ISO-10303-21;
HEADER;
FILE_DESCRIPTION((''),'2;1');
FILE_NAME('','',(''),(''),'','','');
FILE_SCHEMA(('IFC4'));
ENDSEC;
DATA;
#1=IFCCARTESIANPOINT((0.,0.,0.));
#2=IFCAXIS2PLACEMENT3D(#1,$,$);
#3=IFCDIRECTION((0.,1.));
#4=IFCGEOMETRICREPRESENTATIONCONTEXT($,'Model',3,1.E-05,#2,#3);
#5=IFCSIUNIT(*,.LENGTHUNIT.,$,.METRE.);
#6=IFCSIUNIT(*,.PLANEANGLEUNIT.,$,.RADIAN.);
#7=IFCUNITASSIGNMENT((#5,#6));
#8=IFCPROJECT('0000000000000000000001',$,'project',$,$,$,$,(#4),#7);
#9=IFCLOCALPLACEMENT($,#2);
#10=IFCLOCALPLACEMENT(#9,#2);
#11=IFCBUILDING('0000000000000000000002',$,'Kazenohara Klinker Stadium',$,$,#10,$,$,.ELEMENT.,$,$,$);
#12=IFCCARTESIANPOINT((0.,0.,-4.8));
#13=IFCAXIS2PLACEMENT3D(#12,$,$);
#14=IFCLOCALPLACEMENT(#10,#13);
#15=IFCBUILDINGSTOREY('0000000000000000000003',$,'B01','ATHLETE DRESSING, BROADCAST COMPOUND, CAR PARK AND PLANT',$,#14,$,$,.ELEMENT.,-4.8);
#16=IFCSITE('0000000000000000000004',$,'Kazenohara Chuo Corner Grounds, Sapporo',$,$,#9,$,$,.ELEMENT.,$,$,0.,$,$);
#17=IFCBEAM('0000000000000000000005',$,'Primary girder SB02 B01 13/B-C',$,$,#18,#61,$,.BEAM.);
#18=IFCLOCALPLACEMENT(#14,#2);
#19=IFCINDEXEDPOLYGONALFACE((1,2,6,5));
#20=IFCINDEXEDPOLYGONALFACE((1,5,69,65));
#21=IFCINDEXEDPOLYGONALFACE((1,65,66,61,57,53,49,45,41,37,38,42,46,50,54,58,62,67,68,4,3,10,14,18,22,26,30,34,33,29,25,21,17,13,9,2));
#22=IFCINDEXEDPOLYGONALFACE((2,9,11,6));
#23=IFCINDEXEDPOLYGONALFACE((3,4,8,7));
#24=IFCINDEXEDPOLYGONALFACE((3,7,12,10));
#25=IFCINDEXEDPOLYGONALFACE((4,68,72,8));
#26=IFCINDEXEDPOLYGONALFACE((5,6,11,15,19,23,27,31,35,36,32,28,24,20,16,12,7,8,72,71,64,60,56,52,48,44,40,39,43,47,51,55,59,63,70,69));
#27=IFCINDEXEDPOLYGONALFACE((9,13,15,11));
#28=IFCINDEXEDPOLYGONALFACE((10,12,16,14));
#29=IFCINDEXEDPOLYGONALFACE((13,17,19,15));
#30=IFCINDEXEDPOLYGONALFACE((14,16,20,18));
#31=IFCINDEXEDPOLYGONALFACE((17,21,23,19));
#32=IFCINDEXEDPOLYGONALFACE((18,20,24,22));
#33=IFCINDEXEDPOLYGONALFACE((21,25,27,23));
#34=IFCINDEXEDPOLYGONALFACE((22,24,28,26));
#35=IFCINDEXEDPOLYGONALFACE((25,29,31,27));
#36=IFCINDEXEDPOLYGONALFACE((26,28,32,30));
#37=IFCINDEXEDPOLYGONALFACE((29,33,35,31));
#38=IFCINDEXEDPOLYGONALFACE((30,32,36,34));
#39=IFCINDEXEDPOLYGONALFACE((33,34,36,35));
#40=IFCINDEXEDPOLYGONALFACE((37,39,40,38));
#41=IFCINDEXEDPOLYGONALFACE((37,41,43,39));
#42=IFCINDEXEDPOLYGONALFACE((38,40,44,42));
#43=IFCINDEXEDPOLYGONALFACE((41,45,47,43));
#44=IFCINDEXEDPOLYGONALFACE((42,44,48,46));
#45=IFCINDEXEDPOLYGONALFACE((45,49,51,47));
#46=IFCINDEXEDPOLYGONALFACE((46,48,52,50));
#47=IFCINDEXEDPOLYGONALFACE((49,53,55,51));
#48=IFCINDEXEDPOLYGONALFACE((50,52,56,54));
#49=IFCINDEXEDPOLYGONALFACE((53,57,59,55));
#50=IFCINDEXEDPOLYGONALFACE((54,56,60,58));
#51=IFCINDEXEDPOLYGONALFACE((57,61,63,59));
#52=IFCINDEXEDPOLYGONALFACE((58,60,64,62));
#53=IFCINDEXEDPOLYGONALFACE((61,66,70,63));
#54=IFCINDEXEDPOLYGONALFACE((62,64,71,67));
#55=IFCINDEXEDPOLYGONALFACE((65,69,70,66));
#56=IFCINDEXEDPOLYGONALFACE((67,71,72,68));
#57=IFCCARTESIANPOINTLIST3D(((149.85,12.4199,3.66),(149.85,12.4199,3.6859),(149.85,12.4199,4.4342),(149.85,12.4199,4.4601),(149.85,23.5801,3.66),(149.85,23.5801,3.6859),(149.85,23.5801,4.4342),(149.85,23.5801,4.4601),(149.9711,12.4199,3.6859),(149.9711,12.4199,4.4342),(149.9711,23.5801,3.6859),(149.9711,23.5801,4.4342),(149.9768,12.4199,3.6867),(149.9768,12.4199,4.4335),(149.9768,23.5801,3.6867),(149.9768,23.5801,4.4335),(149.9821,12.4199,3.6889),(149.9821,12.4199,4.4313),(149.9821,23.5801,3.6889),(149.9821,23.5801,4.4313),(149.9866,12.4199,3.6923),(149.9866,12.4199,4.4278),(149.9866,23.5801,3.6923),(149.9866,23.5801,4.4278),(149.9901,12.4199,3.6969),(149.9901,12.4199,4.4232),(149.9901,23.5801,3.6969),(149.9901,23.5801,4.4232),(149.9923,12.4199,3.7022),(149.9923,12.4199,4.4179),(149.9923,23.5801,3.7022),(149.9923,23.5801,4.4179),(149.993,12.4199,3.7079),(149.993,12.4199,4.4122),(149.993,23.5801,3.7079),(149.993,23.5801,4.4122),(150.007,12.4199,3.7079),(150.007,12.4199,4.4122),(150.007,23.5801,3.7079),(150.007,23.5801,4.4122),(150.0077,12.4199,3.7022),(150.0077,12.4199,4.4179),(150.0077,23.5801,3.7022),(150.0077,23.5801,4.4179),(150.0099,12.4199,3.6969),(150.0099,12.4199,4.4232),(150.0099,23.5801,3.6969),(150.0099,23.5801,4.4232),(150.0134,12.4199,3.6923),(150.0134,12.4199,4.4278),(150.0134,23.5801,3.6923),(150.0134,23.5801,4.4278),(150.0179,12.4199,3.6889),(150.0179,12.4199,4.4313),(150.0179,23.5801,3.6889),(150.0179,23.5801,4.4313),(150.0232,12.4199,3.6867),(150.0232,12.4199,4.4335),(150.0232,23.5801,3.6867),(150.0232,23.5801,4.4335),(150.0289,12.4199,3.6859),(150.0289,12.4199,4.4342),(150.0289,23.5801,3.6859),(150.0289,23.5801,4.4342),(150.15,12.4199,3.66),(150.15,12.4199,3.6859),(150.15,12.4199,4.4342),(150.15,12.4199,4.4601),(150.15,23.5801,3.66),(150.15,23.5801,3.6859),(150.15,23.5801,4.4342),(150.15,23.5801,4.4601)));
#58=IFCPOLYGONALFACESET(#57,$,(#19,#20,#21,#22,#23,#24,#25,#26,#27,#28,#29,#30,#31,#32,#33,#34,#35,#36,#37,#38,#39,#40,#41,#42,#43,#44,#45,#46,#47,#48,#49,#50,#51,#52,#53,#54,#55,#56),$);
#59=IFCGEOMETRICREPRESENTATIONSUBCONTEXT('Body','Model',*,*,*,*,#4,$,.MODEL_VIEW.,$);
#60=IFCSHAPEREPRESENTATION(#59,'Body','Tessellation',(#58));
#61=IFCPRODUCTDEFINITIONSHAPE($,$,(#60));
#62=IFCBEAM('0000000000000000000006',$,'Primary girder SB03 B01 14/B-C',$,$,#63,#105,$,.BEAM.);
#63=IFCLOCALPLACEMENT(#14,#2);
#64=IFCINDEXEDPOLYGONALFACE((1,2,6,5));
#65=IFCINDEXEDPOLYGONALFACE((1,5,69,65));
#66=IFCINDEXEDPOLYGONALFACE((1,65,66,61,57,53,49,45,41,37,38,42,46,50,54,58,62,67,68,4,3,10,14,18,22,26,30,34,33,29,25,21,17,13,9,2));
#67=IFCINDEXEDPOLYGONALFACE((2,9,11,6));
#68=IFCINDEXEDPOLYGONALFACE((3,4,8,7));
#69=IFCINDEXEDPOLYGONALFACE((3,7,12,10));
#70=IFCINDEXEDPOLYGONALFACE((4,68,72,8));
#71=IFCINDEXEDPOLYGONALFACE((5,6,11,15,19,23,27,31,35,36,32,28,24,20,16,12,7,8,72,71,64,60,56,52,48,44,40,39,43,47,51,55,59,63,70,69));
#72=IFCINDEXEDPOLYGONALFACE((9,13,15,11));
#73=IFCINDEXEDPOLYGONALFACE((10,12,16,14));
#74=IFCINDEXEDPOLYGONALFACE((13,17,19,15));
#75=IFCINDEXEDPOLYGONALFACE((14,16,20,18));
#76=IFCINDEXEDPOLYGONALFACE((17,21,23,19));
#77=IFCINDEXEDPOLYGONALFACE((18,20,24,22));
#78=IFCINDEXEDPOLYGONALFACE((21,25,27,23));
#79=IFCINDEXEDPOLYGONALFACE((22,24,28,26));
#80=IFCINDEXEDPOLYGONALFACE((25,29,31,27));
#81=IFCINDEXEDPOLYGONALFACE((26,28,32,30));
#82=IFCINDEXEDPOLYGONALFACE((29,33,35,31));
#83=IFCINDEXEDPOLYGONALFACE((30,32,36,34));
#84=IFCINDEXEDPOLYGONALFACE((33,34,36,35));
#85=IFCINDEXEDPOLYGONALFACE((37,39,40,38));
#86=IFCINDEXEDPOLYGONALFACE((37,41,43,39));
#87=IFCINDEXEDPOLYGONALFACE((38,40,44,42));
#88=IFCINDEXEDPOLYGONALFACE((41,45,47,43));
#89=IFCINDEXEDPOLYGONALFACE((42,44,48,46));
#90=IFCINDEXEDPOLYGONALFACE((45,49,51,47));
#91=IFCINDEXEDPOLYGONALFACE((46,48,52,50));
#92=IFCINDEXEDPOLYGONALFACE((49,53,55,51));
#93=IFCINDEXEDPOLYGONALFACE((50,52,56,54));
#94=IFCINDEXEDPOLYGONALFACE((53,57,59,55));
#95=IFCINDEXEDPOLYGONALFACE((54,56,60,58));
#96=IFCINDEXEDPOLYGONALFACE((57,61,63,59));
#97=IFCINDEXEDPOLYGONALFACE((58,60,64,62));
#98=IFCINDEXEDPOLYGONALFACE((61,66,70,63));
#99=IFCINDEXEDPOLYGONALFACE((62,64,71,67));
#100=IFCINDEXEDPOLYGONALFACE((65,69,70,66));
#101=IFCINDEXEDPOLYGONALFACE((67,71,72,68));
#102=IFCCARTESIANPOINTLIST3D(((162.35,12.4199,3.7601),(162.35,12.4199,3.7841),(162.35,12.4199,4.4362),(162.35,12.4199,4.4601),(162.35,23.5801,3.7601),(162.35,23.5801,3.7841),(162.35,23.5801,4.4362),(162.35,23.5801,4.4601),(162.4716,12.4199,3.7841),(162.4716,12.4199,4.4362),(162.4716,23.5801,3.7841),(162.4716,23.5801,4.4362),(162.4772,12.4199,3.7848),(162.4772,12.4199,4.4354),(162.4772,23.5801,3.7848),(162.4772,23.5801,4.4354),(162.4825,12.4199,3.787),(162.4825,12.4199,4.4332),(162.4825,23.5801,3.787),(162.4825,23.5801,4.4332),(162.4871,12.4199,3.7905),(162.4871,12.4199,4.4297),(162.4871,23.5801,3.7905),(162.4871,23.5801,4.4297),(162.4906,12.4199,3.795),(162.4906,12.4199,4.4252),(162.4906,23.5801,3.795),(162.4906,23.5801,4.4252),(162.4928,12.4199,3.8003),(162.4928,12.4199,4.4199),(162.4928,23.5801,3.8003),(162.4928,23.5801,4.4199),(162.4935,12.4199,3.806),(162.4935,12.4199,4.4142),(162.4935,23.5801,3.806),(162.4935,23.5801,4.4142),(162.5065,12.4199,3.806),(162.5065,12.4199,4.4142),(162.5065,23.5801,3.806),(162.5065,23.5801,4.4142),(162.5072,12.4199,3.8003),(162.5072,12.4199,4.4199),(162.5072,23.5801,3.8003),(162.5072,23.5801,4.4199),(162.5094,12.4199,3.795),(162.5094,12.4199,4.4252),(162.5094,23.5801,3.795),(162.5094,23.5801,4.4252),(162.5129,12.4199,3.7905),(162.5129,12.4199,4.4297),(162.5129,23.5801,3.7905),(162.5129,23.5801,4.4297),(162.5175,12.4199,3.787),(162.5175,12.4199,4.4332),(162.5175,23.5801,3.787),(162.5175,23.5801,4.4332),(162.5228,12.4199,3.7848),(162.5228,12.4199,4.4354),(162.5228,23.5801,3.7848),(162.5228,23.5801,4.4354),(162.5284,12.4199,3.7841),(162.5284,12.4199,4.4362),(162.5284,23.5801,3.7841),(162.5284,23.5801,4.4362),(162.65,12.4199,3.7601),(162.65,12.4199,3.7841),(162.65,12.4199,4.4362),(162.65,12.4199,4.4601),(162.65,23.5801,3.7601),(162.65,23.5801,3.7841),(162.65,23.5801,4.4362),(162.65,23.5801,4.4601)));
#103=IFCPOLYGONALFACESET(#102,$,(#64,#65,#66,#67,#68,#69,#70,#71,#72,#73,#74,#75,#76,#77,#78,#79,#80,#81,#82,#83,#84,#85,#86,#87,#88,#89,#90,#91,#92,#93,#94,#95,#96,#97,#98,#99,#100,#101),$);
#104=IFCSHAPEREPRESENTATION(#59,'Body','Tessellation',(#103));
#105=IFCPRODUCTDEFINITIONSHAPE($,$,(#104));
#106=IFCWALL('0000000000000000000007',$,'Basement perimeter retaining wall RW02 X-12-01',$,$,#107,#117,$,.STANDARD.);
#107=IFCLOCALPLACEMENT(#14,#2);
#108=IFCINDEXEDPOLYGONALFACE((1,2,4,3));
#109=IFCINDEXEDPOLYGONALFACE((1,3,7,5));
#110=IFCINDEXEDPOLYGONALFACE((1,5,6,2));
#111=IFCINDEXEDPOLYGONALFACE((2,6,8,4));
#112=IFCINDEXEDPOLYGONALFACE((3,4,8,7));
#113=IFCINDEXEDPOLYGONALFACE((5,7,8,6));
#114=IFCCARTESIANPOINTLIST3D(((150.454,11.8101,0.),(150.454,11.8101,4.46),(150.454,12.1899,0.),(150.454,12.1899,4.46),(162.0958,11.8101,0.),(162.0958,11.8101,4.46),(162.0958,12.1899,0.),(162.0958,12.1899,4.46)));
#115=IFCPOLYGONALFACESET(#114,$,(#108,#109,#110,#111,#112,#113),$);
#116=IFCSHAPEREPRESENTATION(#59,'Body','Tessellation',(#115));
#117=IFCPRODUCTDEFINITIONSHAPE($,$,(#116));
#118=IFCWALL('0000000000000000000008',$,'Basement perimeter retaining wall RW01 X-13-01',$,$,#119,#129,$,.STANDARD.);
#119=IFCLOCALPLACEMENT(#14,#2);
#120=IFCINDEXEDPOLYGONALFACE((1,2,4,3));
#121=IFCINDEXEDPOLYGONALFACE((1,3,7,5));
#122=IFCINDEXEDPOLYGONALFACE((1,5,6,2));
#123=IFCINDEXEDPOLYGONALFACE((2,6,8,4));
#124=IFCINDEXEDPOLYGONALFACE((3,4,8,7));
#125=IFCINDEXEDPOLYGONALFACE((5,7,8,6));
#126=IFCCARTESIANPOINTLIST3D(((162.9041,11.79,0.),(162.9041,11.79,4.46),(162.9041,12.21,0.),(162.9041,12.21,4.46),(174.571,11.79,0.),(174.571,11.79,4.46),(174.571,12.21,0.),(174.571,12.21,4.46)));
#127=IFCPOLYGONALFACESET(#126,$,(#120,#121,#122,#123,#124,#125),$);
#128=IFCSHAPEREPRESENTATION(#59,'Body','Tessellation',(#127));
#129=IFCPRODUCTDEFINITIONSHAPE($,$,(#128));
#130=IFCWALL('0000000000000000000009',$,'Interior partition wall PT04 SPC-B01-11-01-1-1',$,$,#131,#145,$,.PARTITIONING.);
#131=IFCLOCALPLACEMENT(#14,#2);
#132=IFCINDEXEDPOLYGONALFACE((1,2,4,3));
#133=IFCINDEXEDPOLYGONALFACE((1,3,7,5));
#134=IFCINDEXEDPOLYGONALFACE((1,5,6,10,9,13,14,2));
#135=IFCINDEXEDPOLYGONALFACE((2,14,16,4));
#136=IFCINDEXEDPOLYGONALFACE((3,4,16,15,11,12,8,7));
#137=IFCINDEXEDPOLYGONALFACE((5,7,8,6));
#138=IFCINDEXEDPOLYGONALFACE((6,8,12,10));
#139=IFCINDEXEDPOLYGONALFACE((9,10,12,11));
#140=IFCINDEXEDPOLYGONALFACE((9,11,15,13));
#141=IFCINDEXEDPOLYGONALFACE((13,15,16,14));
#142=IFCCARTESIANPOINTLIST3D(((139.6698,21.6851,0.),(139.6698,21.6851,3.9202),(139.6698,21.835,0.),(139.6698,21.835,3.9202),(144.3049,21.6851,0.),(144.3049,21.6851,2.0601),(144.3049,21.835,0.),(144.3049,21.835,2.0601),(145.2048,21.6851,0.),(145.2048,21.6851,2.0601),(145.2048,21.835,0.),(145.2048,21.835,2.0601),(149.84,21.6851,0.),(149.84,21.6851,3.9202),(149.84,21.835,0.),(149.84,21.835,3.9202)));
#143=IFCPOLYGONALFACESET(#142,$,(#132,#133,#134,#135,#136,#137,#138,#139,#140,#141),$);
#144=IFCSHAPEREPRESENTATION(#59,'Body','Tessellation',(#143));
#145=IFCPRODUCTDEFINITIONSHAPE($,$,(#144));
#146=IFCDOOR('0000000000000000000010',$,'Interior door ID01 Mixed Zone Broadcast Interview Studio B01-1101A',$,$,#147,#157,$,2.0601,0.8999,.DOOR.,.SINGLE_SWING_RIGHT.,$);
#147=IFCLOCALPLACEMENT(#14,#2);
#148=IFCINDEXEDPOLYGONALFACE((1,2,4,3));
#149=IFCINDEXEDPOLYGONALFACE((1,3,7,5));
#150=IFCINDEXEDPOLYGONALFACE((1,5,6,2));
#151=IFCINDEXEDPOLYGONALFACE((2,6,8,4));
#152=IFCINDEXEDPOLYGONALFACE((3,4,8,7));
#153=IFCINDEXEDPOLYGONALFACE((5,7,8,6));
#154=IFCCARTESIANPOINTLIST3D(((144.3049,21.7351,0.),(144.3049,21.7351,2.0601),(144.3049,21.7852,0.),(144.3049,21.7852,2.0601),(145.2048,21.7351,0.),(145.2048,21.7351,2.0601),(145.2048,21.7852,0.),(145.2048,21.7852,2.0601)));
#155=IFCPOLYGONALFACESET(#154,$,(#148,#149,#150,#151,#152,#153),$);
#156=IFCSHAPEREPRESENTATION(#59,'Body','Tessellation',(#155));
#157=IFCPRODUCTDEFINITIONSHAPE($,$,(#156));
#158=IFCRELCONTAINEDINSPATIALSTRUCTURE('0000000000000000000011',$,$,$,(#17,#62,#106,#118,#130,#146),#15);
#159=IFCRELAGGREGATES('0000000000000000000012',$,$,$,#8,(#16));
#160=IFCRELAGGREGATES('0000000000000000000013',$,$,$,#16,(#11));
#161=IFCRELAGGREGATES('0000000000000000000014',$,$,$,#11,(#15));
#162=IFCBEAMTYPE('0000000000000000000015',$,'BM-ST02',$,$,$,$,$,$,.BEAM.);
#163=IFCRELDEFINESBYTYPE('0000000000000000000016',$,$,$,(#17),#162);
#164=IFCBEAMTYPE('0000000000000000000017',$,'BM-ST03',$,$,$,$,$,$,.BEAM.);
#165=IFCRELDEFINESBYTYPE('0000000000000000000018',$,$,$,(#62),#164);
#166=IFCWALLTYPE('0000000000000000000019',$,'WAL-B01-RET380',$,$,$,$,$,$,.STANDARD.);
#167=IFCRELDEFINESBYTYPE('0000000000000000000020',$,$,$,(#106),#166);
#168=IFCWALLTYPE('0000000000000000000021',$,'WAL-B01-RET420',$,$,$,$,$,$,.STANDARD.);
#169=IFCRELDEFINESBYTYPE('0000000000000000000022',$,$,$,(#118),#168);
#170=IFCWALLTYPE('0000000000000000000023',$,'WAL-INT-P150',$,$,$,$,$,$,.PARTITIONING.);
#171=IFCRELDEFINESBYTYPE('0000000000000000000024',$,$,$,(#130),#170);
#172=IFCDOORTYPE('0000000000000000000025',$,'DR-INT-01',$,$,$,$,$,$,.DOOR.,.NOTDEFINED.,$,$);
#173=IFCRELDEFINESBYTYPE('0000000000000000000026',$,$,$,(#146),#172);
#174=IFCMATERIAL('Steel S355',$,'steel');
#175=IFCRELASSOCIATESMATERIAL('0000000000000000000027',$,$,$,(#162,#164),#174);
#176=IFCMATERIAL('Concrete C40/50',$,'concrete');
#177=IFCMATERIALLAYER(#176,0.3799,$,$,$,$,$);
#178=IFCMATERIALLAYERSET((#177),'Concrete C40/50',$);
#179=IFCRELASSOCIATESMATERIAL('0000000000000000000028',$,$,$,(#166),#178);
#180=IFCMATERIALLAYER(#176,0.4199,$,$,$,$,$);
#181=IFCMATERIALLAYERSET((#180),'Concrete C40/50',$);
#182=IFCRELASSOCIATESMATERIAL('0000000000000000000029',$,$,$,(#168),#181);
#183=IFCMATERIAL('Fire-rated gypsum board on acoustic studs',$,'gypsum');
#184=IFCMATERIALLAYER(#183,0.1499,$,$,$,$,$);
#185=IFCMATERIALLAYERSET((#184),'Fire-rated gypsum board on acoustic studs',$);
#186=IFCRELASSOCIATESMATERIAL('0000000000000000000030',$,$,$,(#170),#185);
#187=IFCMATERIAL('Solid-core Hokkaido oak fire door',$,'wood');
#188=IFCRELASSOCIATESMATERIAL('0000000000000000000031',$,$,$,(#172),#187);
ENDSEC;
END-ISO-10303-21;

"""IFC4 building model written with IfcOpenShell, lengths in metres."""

from ifc_helpers import new_model, si_unit, direction, frame, frame_2d, origin, origin_2d, place, context, subcontext, project, spatial, rectangle, i_section, extrude, material, layer, layer_set, material_profile, profile_set, type_object, element, fill, save


model = new_model("IFC4")

# Units and contexts
model_context = context("Model", 3, precision=1e-05, world=origin(), true_north=direction((0.0, 1.0)))
body_context = subcontext(model_context, "Body", "Model", "MODEL_VIEW")
ifc_project = project(units=[si_unit("LENGTHUNIT", "METRE"), si_unit("PLANEANGLEUNIT", "RADIAN")], contexts=[model_context])

# Site, building, storey
site_placement = place(None, origin())
site = spatial("IfcSite", under=ifc_project, at=site_placement, Name="Kazenohara Chuo Corner Grounds, Sapporo", CompositionType="ELEMENT", RefElevation=0.0)
building_placement = place(site_placement, origin())
building = spatial("IfcBuilding", under=site, at=building_placement, Name="Kazenohara Klinker Stadium", CompositionType="ELEMENT")
storey_placement = place(building_placement, frame((0.0, 0.0, -4.8)))
storey = spatial("IfcBuildingStorey", under=building, at=storey_placement, Name="B01", Description="ATHLETE DRESSING, BROADCAST COMPOUND, CAR PARK AND PLANT", CompositionType="ELEMENT", Elevation=-4.8)

# Shared definitions
ifc_material_1 = material(Name="Concrete C40/50", Category="concrete")

# Beams
ifc_material_2 = material(Name="Steel S355", Category="steel")
ifc_material_profile_1 = material_profile(ifc_material_2, i_section(OverallWidth=0.3, OverallDepth=0.8, WebThickness=0.0139, FlangeThickness=0.0259, FilletRadius=0.022, at=origin_2d()), Name="H-800x300x14x26")
ifc_profile_set_1 = profile_set([ifc_material_profile_1], Name="Steel S355")
beam_type_1 = type_object("IfcBeamType", Name="BM-ST02", PredefinedType="BEAM", material=ifc_profile_set_1)
beam_1_placement = place(storey_placement, frame((150.0, 12.4199, 4.0601), z_axis=(0.0, 1.0, 0.0), x_axis=(-1.0, 0.0, 0.0)))
element("IfcBeam", 1, at=beam_1_placement, inside=storey, type_object=beam_type_1, Name="Primary girder SB02 B01 13/B-C", PredefinedType="BEAM", context=body_context, shape_type="SweptSolid", body=[
    extrude(i_section(OverallWidth=0.3, OverallDepth=0.8, WebThickness=0.0139, FlangeThickness=0.0259, FilletRadius=0.022, at=origin_2d()), origin(), (0.0, 0.0, 1.0), 11.1602),
])
ifc_material_profile_2 = material_profile(ifc_material_2, i_section(OverallWidth=0.3, OverallDepth=0.7, WebThickness=0.0129, FlangeThickness=0.0239, FilletRadius=0.022, at=origin_2d()), Name="H-700x300x13x24")
ifc_profile_set_2 = profile_set([ifc_material_profile_2], Name="Steel S355")
beam_type_2 = type_object("IfcBeamType", Name="BM-ST03", PredefinedType="BEAM", material=ifc_profile_set_2)
beam_2_placement = place(storey_placement, frame((162.5, 12.4199, 4.1101), z_axis=(0.0, 1.0, 0.0), x_axis=(-1.0, 0.0, 0.0)))
element("IfcBeam", 2, at=beam_2_placement, inside=storey, type_object=beam_type_2, Name="Primary girder SB03 B01 14/B-C", PredefinedType="BEAM", context=body_context, shape_type="SweptSolid", body=[
    extrude(i_section(OverallWidth=0.3, OverallDepth=0.7, WebThickness=0.0129, FlangeThickness=0.0239, FilletRadius=0.022, at=origin_2d()), origin(), (0.0, 0.0, 1.0), 11.1602),
])

# Walls
ifc_layer_1 = layer(ifc_material_1, 0.3799)
ifc_layer_set_1 = layer_set([ifc_layer_1], Name="Concrete C40/50")
wall_type_1 = type_object("IfcWallType", Name="WAL-B01-RET380", PredefinedType="STANDARD", material=ifc_layer_set_1)
wall_1_placement = place(storey_placement, frame((150.4541, 12.0, 0.0), z_axis=(0.0, 0.0, 1.0), x_axis=(1.0, 0.0, 0.0)))
element("IfcWall", 3, at=wall_1_placement, inside=storey, type_object=wall_type_1, Name="Basement perimeter retaining wall RW02 X-12-01", PredefinedType="STANDARD", context=body_context, shape_type="SweptSolid", body=[
    extrude(rectangle(XDim=11.6418, YDim=0.3799, at=frame_2d((5.8208, 0.0))), origin(), (0.0, 0.0, 1.0), 4.46),
])
ifc_layer_2 = layer(ifc_material_1, 0.4199)
ifc_layer_set_2 = layer_set([ifc_layer_2], Name="Concrete C40/50")
wall_type_2 = type_object("IfcWallType", Name="WAL-B01-RET420", PredefinedType="STANDARD", material=ifc_layer_set_2)
wall_2_placement = place(storey_placement, frame((162.9041, 12.0, 0.0), z_axis=(0.0, 0.0, 1.0), x_axis=(1.0, 0.0, 0.0)))
element("IfcWall", 4, at=wall_2_placement, inside=storey, type_object=wall_type_2, Name="Basement perimeter retaining wall RW01 X-13-01", PredefinedType="STANDARD", context=body_context, shape_type="SweptSolid", body=[
    extrude(rectangle(XDim=11.667, YDim=0.4199, at=frame_2d((5.8335, 0.0))), origin(), (0.0, 0.0, 1.0), 4.46),
])

# Wall, opening, door
ifc_material_3 = material(Name="Fire-rated gypsum board on acoustic studs", Category="gypsum")
ifc_layer_3 = layer(ifc_material_3, 0.1499)
ifc_layer_set_3 = layer_set([ifc_layer_3], Name="Fire-rated gypsum board on acoustic studs")
wall_type_3 = type_object("IfcWallType", Name="WAL-INT-P150", PredefinedType="PARTITIONING", material=ifc_layer_set_3)
wall_3_placement = place(storey_placement, frame((139.6699, 21.76, 0.0), z_axis=(0.0, 0.0, 1.0), x_axis=(1.0, 0.0, 0.0)))
wall_3 = element("IfcWall", 5, at=wall_3_placement, inside=storey, type_object=wall_type_3, Name="Interior partition wall PT04 SPC-B01-11-01-1-1", PredefinedType="PARTITIONING", context=body_context, shape_type="SweptSolid", body=[
    extrude(rectangle(XDim=10.1702, YDim=0.1499, at=frame_2d((5.085, 0.0))), origin(), (0.0, 0.0, 1.0), 3.9202),
])
opening_1_placement = place(wall_3_placement, frame((5.5349, 0.0, 0.0), z_axis=(0.0, 0.0, 1.0), x_axis=(-1.0, 0.0, 0.0)))
opening_1 = element("IfcOpeningElement", 6, at=opening_1_placement, cuts=wall_3, PredefinedType="OPENING", context=body_context, shape_type="SweptSolid", body=[
    extrude(rectangle(XDim=0.8999, YDim=2.0601, at=frame_2d((0.45, 1.03))), frame((0.0, 0.085, 0.0), z_axis=(0.0, -1.0, 0.0), x_axis=(1.0, 0.0, 0.0)), (0.0, 0.0, 1.0), 0.1699),
])
ifc_material_4 = material(Name="Solid-core Hokkaido oak fire door", Category="wood")
door_type_1 = type_object("IfcDoorType", Name="DR-INT-01", OperationType="NOTDEFINED", PredefinedType="DOOR", material=ifc_material_4)
door_1_placement = place(opening_1_placement, origin())
door_1 = element("IfcDoor", 7, at=door_1_placement, inside=storey, type_object=door_type_1, Name="Interior door ID01 Mixed Zone Broadcast Interview Studio B01-1101A", OperationType="SINGLE_SWING_RIGHT", OverallHeight=2.0601, OverallWidth=0.8999, PredefinedType="DOOR", context=body_context, shape_type="SweptSolid", body=[
    extrude(rectangle(XDim=0.8999, YDim=2.0601, at=frame_2d((0.45, 1.03))), frame((0.0, 0.0249, 0.0), z_axis=(0.0, -1.0, 0.0), x_axis=(1.0, 0.0, 0.0)), (0.0, 0.0, 1.0), 0.05),
])
fill(opening_1, door_1)

save(model, "model.ifc")
